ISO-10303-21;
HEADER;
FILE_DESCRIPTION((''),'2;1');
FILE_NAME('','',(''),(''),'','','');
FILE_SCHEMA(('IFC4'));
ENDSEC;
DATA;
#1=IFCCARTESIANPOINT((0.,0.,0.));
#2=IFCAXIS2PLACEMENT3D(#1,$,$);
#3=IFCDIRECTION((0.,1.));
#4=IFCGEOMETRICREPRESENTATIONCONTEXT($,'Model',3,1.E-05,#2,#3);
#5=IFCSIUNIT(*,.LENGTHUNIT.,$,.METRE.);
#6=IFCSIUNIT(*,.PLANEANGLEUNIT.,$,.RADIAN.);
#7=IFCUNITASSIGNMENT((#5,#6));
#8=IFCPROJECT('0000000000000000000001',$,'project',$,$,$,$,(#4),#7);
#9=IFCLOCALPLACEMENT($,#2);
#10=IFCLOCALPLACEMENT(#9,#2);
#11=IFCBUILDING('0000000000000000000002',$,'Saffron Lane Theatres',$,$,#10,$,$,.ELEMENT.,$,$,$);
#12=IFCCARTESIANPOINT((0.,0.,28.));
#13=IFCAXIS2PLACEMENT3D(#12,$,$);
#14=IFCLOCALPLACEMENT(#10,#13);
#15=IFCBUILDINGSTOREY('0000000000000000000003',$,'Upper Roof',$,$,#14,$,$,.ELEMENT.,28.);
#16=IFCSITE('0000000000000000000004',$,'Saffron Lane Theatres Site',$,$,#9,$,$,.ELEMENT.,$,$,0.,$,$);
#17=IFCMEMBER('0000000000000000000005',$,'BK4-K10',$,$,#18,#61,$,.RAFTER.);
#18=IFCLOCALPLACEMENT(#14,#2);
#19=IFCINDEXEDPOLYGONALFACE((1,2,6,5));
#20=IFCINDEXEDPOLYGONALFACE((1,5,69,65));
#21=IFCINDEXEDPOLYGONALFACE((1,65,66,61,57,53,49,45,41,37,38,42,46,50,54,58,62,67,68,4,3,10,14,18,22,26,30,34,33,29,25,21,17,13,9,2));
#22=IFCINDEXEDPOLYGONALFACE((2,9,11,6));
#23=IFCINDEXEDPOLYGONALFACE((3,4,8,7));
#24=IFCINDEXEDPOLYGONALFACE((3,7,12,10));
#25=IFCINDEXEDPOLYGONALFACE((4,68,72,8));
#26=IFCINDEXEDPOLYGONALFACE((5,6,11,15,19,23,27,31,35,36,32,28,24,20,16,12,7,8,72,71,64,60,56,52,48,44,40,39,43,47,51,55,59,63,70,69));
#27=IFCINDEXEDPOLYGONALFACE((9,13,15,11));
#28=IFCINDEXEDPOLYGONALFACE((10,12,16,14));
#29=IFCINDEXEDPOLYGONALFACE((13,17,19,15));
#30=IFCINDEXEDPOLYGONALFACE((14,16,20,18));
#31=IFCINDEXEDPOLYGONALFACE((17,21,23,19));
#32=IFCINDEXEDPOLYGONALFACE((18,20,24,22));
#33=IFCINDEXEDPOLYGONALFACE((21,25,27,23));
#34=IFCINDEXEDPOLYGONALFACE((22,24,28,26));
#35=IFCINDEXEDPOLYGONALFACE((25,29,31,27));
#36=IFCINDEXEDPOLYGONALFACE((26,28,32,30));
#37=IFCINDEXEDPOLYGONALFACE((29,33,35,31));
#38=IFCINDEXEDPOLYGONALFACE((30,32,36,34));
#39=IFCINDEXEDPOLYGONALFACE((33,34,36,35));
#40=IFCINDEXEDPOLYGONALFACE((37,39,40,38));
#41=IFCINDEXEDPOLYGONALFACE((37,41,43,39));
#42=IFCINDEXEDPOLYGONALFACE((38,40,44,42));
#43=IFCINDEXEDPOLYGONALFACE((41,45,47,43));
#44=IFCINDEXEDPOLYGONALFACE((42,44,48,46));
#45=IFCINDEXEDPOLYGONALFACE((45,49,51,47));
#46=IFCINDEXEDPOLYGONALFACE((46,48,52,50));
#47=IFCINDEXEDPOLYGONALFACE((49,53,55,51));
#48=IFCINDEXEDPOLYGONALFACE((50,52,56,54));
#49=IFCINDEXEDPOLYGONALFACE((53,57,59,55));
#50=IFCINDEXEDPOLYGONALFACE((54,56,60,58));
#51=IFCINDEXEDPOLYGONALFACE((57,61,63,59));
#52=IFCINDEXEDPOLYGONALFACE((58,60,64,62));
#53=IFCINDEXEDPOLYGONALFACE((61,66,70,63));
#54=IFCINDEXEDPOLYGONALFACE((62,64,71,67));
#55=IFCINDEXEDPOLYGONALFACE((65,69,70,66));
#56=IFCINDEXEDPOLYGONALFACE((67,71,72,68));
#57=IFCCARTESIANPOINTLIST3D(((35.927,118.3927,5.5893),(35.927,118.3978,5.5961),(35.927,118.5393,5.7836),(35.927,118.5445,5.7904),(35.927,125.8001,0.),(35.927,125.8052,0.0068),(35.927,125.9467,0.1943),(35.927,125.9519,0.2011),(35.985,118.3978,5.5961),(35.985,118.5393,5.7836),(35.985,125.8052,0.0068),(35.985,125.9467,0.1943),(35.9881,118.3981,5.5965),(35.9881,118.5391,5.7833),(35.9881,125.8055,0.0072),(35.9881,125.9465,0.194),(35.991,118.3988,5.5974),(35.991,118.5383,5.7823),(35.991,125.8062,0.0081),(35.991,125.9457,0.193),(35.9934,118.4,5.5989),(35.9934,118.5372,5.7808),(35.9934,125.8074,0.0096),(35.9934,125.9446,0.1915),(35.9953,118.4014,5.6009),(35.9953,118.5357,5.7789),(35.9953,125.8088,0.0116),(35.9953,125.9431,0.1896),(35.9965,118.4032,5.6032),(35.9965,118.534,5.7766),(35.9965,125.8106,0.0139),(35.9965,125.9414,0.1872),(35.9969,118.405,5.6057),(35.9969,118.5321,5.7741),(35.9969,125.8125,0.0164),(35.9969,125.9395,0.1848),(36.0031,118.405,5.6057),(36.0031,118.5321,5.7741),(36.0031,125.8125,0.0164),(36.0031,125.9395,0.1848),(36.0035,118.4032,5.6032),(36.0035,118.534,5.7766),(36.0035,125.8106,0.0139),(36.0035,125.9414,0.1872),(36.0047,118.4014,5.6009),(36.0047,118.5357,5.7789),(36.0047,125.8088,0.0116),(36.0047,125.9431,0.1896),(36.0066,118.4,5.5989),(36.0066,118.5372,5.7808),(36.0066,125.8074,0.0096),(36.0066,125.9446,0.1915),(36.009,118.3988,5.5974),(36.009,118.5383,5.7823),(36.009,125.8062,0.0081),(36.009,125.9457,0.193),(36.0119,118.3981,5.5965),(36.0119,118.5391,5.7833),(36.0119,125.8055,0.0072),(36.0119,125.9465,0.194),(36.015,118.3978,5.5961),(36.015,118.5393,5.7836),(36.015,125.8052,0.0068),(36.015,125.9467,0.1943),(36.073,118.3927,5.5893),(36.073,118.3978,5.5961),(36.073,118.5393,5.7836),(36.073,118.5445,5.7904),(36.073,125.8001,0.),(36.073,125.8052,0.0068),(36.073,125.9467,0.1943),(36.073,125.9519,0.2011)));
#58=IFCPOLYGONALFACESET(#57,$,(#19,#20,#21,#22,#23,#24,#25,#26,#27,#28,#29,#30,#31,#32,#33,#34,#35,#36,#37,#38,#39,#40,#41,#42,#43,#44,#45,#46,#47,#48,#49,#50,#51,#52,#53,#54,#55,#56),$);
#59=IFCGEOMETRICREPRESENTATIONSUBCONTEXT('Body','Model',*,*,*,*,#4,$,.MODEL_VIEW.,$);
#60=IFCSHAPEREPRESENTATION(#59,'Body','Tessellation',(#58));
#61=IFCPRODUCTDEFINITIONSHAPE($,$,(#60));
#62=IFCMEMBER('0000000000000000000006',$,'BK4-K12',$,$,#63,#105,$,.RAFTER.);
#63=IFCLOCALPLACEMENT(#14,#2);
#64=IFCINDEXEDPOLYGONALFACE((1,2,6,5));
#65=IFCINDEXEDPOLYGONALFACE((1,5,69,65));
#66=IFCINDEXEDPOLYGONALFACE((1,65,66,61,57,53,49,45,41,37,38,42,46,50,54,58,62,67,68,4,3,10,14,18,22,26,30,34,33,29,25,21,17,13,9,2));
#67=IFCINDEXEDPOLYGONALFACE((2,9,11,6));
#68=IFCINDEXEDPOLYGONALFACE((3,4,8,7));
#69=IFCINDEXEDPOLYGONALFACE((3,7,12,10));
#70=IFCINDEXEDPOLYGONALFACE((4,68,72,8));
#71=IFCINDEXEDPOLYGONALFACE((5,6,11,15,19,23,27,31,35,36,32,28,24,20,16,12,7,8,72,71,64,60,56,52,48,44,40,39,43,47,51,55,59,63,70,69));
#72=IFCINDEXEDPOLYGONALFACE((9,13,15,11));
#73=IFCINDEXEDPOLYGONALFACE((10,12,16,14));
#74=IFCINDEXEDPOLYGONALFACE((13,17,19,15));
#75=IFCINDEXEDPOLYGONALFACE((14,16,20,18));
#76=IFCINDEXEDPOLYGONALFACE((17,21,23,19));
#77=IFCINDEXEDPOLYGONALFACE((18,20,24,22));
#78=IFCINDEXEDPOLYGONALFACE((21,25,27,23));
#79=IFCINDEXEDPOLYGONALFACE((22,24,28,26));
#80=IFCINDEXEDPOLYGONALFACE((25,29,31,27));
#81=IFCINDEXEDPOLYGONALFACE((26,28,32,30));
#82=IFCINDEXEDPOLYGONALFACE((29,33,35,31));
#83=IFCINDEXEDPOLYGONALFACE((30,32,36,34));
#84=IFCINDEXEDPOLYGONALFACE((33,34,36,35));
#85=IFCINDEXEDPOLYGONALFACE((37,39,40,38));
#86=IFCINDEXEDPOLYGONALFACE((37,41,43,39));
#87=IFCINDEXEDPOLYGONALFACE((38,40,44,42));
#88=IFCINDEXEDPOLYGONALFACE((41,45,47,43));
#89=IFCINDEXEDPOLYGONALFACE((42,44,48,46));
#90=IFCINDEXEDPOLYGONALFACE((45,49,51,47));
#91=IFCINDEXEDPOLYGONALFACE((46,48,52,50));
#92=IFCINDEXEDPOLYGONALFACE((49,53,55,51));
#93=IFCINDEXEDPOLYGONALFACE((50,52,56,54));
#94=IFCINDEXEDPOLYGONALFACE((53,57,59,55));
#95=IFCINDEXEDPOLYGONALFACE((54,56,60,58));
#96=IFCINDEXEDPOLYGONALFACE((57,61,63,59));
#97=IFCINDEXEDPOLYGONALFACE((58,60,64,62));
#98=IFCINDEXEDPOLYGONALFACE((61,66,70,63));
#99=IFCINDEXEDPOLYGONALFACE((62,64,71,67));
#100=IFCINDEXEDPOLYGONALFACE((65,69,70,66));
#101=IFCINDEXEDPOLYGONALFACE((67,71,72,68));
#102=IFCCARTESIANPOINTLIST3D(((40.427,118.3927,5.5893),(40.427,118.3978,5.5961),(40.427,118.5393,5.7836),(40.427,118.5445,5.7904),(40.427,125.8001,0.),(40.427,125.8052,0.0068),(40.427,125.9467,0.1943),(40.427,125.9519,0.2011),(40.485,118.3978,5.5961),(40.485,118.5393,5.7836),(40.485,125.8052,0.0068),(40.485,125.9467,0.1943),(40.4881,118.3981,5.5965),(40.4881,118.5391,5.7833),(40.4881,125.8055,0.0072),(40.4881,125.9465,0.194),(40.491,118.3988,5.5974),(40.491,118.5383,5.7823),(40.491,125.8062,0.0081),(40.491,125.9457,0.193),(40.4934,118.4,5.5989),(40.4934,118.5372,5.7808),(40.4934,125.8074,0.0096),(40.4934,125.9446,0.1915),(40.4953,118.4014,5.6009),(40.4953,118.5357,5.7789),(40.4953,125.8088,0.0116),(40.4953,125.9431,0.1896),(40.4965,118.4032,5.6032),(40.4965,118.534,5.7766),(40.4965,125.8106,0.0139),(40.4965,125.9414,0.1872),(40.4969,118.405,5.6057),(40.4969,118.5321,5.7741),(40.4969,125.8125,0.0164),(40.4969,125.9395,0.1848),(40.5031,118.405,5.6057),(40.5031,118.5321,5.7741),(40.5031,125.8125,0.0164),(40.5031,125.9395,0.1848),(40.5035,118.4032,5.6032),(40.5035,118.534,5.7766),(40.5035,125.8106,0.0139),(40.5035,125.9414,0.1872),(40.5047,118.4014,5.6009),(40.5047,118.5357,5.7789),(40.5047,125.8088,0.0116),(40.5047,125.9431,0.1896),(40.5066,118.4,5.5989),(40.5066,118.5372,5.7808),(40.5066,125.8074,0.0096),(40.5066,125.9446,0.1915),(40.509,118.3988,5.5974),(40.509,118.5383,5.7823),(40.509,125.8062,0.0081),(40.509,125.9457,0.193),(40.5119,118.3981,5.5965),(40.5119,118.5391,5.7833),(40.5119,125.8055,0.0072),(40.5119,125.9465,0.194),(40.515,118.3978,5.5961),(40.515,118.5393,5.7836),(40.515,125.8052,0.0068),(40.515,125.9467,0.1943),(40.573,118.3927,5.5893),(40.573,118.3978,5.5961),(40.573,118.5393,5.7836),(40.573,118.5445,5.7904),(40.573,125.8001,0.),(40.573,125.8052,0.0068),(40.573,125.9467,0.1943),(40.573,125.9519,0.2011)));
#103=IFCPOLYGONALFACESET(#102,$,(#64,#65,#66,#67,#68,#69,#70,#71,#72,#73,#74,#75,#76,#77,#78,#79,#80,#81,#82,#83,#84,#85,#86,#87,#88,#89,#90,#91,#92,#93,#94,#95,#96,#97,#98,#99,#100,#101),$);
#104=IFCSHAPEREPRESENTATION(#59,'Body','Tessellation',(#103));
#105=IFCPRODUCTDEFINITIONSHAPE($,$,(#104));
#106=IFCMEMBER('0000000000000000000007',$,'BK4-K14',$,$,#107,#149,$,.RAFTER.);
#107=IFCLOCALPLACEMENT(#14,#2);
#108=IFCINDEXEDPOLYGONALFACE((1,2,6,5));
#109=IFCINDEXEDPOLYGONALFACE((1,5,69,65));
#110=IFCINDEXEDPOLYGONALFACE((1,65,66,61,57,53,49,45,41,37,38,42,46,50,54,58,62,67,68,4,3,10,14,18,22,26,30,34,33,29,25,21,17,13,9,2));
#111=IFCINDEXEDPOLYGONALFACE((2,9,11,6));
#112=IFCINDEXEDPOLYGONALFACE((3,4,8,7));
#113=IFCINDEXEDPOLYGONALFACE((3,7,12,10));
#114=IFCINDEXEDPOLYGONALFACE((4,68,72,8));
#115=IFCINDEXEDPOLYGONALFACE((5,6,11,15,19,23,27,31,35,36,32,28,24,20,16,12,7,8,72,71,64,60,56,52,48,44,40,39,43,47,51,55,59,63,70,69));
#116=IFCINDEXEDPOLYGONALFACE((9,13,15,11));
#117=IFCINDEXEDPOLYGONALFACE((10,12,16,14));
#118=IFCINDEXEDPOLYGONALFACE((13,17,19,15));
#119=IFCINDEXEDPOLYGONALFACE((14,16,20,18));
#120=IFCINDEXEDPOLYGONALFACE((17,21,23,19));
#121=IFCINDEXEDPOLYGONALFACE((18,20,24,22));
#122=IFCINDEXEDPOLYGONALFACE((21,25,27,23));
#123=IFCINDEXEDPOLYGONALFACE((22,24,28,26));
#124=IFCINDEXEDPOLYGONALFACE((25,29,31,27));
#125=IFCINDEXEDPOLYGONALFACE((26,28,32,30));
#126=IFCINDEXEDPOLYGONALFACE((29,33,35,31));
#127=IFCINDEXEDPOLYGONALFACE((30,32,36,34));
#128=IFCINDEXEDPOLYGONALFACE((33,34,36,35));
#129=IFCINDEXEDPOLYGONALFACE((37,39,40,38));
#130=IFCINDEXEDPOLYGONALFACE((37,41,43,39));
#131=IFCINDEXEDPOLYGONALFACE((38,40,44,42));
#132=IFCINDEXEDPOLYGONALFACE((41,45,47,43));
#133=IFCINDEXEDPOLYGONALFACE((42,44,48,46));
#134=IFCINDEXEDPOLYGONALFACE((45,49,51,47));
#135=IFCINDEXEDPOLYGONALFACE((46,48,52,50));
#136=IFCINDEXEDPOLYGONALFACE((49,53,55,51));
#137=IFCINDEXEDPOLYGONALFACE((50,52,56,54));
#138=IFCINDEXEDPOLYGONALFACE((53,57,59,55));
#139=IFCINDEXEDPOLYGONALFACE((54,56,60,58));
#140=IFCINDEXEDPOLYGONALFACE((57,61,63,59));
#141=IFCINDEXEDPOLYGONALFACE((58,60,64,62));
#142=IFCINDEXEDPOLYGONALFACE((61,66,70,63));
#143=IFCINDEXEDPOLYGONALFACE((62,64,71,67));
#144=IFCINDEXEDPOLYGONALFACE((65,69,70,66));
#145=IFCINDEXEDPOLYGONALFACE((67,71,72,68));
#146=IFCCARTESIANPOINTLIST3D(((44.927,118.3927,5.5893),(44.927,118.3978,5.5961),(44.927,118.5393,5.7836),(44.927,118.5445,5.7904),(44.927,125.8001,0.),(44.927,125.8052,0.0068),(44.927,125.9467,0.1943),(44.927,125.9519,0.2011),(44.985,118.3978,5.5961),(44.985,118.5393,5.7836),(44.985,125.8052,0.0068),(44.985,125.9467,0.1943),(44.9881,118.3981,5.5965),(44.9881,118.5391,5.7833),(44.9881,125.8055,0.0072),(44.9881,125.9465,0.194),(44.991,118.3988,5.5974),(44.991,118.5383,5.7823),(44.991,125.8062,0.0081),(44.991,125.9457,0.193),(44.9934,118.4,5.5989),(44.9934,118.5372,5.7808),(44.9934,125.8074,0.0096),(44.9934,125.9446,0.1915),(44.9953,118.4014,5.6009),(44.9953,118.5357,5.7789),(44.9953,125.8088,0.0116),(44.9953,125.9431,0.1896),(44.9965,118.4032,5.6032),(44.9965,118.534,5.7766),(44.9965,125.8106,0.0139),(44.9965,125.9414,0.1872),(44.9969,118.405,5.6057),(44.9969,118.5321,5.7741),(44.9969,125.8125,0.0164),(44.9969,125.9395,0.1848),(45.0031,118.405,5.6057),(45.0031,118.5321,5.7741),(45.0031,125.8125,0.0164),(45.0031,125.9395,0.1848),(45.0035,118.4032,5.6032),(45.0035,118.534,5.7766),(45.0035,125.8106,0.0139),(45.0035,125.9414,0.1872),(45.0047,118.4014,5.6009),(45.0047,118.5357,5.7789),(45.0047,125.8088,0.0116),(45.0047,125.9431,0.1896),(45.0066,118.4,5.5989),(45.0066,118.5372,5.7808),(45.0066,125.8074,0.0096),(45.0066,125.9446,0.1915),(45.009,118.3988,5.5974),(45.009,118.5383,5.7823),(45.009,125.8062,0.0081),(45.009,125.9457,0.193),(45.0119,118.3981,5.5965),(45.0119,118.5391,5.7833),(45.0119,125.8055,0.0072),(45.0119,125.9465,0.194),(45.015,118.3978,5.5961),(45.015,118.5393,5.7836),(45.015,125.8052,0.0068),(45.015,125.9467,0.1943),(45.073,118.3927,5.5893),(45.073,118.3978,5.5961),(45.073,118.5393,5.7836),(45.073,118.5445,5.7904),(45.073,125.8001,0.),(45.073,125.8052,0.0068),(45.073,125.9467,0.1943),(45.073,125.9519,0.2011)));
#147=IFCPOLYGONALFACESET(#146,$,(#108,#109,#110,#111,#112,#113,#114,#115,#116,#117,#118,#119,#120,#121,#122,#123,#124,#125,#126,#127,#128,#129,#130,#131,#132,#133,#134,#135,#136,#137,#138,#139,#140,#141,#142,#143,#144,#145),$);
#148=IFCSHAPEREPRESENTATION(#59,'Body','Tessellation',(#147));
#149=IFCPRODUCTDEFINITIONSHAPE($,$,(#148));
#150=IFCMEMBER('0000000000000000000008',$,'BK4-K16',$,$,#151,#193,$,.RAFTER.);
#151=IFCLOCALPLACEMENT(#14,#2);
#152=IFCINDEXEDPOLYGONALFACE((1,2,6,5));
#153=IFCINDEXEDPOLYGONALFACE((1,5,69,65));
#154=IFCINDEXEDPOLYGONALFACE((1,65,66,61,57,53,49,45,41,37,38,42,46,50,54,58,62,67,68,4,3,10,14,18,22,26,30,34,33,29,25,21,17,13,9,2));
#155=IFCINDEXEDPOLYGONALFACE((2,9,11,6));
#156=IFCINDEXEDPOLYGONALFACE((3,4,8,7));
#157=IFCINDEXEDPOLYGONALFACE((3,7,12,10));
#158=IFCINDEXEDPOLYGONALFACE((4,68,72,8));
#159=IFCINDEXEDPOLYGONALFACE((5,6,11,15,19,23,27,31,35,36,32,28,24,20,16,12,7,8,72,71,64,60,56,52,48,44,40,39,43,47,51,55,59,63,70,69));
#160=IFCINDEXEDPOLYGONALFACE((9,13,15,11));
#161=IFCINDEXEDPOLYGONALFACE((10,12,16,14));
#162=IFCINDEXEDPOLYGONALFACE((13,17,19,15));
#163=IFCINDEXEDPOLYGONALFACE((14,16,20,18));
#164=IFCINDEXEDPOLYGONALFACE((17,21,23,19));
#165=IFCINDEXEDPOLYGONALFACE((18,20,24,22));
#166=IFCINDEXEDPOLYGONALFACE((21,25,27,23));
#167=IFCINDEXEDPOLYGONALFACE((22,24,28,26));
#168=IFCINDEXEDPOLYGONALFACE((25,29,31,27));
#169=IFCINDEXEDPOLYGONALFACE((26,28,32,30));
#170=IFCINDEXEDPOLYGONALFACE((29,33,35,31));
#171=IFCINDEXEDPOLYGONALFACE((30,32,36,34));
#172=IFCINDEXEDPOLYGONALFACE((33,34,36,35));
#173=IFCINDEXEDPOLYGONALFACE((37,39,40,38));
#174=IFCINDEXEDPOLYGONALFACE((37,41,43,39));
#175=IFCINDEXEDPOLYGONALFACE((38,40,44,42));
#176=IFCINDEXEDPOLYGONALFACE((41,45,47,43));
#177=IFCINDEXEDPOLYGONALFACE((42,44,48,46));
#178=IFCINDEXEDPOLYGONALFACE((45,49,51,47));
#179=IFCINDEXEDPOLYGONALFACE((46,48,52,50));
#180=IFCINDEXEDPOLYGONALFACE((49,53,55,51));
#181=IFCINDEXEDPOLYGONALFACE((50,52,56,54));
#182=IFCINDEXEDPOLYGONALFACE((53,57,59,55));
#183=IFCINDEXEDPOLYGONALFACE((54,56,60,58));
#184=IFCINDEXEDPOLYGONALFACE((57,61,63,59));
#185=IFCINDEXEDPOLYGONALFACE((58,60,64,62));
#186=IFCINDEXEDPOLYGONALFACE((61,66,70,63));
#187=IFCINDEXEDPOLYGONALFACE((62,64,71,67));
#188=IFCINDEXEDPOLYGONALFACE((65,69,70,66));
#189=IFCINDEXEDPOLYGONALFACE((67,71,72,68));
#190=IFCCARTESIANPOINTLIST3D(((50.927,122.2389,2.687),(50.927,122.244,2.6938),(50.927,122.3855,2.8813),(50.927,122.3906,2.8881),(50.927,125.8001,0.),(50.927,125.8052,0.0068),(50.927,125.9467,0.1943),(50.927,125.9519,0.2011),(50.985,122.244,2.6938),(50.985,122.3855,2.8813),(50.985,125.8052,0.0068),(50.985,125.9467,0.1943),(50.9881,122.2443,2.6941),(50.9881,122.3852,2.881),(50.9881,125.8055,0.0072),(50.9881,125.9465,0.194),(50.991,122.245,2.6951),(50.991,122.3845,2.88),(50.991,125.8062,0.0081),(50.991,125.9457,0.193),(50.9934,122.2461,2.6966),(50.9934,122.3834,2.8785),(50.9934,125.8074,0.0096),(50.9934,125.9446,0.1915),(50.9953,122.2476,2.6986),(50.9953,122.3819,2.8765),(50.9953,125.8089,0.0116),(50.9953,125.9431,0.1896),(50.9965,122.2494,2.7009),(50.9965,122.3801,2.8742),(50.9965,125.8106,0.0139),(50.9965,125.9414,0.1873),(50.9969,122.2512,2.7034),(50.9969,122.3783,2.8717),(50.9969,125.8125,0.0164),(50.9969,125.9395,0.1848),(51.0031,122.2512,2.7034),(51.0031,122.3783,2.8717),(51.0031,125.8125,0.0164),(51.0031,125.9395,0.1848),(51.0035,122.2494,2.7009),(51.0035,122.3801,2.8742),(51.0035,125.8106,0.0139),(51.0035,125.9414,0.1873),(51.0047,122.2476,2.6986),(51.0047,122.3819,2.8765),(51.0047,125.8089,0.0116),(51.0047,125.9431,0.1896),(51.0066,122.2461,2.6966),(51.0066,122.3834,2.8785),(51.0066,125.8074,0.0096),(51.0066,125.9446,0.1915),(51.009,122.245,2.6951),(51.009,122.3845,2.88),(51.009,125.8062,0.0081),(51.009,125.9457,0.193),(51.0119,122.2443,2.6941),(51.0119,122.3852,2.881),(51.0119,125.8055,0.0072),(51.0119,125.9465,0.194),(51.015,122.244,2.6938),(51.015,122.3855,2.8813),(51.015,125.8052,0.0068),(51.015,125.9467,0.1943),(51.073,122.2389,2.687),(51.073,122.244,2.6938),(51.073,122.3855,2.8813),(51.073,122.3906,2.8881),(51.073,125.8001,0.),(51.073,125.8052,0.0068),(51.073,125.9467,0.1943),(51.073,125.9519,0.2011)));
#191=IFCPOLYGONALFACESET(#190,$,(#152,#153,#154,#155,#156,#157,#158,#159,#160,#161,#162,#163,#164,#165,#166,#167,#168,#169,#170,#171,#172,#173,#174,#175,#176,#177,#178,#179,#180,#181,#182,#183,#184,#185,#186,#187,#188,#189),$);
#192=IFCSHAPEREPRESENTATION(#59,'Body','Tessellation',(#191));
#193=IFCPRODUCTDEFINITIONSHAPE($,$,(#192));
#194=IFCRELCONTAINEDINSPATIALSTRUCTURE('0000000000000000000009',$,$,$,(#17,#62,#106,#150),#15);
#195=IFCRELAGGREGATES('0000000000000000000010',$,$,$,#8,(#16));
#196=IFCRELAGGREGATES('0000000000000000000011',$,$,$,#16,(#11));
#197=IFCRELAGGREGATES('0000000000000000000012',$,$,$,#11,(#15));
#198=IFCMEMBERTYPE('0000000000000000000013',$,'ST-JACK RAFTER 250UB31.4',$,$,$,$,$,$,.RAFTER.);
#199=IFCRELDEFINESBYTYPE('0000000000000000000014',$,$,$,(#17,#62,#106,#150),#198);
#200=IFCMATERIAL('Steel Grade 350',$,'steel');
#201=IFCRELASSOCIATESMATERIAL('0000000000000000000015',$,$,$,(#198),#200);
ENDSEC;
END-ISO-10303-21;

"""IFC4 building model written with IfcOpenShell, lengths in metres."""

from ifc_helpers import new_model, si_unit, direction, frame, origin, origin_2d, place, context, subcontext, project, spatial, i_section, extrude, material, material_profile, profile_set, type_object, element, save


model = new_model("IFC4")

# Units and contexts
model_context = context("Model", 3, precision=1e-05, world=origin(), true_north=direction((0.0, 1.0)))
body_context = subcontext(model_context, "Body", "Model", "MODEL_VIEW")
ifc_project = project(units=[si_unit("LENGTHUNIT", "METRE"), si_unit("PLANEANGLEUNIT", "RADIAN")], contexts=[model_context])

# Site, building, storey
site_placement = place(None, origin())
site = spatial("IfcSite", under=ifc_project, at=site_placement, Name="Saffron Lane Theatres Site", CompositionType="ELEMENT", RefElevation=0.0)
building_placement = place(site_placement, origin())
building = spatial("IfcBuilding", under=site, at=building_placement, Name="Saffron Lane Theatres", CompositionType="ELEMENT")
storey_placement = place(building_placement, frame((0.0, 0.0, 28.0)))
storey = spatial("IfcBuildingStorey", under=building, at=storey_placement, Name="Upper Roof", CompositionType="ELEMENT", Elevation=28.0)

# Members
ifc_material_1 = material(Name="Steel Grade 350", Category="steel")
ifc_material_profile_1 = material_profile(ifc_material_1, i_section(OverallWidth=0.146, OverallDepth=0.252, WebThickness=0.0061, FlangeThickness=0.0085, FilletRadius=0.012, at=origin_2d()))
ifc_profile_set_1 = profile_set([ifc_material_profile_1], Name="Steel Grade 350")
member_type_1 = type_object("IfcMemberType", Name="ST-JACK RAFTER 250UB31.4", PredefinedType="RAFTER", material=ifc_profile_set_1)
for number, where, z_axis, x_axis, name in (
    (1, (36.0, 125.876, 0.1006), (0.0, -0.798251, 0.602325), (1.0, 0.0, 0.0), "BK4-K10"),
    (2, (40.5, 125.876, 0.1006), (0.0, -0.798251, 0.602325), (1.0, 0.0, 0.0), "BK4-K12"),
    (3, (45.0, 125.876, 0.1006), (0.0, -0.798251, 0.602325), (1.0, 0.0, 0.0), "BK4-K14"),
):
    element("IfcMember", number, at=place(storey_placement, frame(where, z_axis=z_axis, x_axis=x_axis)), inside=storey, type_object=member_type_1, Name=name, PredefinedType="RAFTER", context=body_context, shape_type="SweptSolid", body=[
        extrude(i_section(OverallWidth=0.146, OverallDepth=0.252, WebThickness=0.0061, FlangeThickness=0.0085, FilletRadius=0.012, at=origin_2d()), origin(), (0.0, 0.0, 1.0), 9.2795),
    ])
member_1_placement = place(storey_placement, frame((51.0, 125.876, 0.1006), z_axis=(0.0, -0.79827, 0.6023), x_axis=(1.0, 0.0, 0.0)))
element("IfcMember", 4, at=member_1_placement, inside=storey, type_object=member_type_1, Name="BK4-K16", PredefinedType="RAFTER", context=body_context, shape_type="SweptSolid", body=[
    extrude(i_section(OverallWidth=0.146, OverallDepth=0.252, WebThickness=0.0061, FlangeThickness=0.0085, FilletRadius=0.012, at=origin_2d()), origin(), (0.0, 0.0, 1.0), 4.4612),
])

save(model, "model.ifc")
